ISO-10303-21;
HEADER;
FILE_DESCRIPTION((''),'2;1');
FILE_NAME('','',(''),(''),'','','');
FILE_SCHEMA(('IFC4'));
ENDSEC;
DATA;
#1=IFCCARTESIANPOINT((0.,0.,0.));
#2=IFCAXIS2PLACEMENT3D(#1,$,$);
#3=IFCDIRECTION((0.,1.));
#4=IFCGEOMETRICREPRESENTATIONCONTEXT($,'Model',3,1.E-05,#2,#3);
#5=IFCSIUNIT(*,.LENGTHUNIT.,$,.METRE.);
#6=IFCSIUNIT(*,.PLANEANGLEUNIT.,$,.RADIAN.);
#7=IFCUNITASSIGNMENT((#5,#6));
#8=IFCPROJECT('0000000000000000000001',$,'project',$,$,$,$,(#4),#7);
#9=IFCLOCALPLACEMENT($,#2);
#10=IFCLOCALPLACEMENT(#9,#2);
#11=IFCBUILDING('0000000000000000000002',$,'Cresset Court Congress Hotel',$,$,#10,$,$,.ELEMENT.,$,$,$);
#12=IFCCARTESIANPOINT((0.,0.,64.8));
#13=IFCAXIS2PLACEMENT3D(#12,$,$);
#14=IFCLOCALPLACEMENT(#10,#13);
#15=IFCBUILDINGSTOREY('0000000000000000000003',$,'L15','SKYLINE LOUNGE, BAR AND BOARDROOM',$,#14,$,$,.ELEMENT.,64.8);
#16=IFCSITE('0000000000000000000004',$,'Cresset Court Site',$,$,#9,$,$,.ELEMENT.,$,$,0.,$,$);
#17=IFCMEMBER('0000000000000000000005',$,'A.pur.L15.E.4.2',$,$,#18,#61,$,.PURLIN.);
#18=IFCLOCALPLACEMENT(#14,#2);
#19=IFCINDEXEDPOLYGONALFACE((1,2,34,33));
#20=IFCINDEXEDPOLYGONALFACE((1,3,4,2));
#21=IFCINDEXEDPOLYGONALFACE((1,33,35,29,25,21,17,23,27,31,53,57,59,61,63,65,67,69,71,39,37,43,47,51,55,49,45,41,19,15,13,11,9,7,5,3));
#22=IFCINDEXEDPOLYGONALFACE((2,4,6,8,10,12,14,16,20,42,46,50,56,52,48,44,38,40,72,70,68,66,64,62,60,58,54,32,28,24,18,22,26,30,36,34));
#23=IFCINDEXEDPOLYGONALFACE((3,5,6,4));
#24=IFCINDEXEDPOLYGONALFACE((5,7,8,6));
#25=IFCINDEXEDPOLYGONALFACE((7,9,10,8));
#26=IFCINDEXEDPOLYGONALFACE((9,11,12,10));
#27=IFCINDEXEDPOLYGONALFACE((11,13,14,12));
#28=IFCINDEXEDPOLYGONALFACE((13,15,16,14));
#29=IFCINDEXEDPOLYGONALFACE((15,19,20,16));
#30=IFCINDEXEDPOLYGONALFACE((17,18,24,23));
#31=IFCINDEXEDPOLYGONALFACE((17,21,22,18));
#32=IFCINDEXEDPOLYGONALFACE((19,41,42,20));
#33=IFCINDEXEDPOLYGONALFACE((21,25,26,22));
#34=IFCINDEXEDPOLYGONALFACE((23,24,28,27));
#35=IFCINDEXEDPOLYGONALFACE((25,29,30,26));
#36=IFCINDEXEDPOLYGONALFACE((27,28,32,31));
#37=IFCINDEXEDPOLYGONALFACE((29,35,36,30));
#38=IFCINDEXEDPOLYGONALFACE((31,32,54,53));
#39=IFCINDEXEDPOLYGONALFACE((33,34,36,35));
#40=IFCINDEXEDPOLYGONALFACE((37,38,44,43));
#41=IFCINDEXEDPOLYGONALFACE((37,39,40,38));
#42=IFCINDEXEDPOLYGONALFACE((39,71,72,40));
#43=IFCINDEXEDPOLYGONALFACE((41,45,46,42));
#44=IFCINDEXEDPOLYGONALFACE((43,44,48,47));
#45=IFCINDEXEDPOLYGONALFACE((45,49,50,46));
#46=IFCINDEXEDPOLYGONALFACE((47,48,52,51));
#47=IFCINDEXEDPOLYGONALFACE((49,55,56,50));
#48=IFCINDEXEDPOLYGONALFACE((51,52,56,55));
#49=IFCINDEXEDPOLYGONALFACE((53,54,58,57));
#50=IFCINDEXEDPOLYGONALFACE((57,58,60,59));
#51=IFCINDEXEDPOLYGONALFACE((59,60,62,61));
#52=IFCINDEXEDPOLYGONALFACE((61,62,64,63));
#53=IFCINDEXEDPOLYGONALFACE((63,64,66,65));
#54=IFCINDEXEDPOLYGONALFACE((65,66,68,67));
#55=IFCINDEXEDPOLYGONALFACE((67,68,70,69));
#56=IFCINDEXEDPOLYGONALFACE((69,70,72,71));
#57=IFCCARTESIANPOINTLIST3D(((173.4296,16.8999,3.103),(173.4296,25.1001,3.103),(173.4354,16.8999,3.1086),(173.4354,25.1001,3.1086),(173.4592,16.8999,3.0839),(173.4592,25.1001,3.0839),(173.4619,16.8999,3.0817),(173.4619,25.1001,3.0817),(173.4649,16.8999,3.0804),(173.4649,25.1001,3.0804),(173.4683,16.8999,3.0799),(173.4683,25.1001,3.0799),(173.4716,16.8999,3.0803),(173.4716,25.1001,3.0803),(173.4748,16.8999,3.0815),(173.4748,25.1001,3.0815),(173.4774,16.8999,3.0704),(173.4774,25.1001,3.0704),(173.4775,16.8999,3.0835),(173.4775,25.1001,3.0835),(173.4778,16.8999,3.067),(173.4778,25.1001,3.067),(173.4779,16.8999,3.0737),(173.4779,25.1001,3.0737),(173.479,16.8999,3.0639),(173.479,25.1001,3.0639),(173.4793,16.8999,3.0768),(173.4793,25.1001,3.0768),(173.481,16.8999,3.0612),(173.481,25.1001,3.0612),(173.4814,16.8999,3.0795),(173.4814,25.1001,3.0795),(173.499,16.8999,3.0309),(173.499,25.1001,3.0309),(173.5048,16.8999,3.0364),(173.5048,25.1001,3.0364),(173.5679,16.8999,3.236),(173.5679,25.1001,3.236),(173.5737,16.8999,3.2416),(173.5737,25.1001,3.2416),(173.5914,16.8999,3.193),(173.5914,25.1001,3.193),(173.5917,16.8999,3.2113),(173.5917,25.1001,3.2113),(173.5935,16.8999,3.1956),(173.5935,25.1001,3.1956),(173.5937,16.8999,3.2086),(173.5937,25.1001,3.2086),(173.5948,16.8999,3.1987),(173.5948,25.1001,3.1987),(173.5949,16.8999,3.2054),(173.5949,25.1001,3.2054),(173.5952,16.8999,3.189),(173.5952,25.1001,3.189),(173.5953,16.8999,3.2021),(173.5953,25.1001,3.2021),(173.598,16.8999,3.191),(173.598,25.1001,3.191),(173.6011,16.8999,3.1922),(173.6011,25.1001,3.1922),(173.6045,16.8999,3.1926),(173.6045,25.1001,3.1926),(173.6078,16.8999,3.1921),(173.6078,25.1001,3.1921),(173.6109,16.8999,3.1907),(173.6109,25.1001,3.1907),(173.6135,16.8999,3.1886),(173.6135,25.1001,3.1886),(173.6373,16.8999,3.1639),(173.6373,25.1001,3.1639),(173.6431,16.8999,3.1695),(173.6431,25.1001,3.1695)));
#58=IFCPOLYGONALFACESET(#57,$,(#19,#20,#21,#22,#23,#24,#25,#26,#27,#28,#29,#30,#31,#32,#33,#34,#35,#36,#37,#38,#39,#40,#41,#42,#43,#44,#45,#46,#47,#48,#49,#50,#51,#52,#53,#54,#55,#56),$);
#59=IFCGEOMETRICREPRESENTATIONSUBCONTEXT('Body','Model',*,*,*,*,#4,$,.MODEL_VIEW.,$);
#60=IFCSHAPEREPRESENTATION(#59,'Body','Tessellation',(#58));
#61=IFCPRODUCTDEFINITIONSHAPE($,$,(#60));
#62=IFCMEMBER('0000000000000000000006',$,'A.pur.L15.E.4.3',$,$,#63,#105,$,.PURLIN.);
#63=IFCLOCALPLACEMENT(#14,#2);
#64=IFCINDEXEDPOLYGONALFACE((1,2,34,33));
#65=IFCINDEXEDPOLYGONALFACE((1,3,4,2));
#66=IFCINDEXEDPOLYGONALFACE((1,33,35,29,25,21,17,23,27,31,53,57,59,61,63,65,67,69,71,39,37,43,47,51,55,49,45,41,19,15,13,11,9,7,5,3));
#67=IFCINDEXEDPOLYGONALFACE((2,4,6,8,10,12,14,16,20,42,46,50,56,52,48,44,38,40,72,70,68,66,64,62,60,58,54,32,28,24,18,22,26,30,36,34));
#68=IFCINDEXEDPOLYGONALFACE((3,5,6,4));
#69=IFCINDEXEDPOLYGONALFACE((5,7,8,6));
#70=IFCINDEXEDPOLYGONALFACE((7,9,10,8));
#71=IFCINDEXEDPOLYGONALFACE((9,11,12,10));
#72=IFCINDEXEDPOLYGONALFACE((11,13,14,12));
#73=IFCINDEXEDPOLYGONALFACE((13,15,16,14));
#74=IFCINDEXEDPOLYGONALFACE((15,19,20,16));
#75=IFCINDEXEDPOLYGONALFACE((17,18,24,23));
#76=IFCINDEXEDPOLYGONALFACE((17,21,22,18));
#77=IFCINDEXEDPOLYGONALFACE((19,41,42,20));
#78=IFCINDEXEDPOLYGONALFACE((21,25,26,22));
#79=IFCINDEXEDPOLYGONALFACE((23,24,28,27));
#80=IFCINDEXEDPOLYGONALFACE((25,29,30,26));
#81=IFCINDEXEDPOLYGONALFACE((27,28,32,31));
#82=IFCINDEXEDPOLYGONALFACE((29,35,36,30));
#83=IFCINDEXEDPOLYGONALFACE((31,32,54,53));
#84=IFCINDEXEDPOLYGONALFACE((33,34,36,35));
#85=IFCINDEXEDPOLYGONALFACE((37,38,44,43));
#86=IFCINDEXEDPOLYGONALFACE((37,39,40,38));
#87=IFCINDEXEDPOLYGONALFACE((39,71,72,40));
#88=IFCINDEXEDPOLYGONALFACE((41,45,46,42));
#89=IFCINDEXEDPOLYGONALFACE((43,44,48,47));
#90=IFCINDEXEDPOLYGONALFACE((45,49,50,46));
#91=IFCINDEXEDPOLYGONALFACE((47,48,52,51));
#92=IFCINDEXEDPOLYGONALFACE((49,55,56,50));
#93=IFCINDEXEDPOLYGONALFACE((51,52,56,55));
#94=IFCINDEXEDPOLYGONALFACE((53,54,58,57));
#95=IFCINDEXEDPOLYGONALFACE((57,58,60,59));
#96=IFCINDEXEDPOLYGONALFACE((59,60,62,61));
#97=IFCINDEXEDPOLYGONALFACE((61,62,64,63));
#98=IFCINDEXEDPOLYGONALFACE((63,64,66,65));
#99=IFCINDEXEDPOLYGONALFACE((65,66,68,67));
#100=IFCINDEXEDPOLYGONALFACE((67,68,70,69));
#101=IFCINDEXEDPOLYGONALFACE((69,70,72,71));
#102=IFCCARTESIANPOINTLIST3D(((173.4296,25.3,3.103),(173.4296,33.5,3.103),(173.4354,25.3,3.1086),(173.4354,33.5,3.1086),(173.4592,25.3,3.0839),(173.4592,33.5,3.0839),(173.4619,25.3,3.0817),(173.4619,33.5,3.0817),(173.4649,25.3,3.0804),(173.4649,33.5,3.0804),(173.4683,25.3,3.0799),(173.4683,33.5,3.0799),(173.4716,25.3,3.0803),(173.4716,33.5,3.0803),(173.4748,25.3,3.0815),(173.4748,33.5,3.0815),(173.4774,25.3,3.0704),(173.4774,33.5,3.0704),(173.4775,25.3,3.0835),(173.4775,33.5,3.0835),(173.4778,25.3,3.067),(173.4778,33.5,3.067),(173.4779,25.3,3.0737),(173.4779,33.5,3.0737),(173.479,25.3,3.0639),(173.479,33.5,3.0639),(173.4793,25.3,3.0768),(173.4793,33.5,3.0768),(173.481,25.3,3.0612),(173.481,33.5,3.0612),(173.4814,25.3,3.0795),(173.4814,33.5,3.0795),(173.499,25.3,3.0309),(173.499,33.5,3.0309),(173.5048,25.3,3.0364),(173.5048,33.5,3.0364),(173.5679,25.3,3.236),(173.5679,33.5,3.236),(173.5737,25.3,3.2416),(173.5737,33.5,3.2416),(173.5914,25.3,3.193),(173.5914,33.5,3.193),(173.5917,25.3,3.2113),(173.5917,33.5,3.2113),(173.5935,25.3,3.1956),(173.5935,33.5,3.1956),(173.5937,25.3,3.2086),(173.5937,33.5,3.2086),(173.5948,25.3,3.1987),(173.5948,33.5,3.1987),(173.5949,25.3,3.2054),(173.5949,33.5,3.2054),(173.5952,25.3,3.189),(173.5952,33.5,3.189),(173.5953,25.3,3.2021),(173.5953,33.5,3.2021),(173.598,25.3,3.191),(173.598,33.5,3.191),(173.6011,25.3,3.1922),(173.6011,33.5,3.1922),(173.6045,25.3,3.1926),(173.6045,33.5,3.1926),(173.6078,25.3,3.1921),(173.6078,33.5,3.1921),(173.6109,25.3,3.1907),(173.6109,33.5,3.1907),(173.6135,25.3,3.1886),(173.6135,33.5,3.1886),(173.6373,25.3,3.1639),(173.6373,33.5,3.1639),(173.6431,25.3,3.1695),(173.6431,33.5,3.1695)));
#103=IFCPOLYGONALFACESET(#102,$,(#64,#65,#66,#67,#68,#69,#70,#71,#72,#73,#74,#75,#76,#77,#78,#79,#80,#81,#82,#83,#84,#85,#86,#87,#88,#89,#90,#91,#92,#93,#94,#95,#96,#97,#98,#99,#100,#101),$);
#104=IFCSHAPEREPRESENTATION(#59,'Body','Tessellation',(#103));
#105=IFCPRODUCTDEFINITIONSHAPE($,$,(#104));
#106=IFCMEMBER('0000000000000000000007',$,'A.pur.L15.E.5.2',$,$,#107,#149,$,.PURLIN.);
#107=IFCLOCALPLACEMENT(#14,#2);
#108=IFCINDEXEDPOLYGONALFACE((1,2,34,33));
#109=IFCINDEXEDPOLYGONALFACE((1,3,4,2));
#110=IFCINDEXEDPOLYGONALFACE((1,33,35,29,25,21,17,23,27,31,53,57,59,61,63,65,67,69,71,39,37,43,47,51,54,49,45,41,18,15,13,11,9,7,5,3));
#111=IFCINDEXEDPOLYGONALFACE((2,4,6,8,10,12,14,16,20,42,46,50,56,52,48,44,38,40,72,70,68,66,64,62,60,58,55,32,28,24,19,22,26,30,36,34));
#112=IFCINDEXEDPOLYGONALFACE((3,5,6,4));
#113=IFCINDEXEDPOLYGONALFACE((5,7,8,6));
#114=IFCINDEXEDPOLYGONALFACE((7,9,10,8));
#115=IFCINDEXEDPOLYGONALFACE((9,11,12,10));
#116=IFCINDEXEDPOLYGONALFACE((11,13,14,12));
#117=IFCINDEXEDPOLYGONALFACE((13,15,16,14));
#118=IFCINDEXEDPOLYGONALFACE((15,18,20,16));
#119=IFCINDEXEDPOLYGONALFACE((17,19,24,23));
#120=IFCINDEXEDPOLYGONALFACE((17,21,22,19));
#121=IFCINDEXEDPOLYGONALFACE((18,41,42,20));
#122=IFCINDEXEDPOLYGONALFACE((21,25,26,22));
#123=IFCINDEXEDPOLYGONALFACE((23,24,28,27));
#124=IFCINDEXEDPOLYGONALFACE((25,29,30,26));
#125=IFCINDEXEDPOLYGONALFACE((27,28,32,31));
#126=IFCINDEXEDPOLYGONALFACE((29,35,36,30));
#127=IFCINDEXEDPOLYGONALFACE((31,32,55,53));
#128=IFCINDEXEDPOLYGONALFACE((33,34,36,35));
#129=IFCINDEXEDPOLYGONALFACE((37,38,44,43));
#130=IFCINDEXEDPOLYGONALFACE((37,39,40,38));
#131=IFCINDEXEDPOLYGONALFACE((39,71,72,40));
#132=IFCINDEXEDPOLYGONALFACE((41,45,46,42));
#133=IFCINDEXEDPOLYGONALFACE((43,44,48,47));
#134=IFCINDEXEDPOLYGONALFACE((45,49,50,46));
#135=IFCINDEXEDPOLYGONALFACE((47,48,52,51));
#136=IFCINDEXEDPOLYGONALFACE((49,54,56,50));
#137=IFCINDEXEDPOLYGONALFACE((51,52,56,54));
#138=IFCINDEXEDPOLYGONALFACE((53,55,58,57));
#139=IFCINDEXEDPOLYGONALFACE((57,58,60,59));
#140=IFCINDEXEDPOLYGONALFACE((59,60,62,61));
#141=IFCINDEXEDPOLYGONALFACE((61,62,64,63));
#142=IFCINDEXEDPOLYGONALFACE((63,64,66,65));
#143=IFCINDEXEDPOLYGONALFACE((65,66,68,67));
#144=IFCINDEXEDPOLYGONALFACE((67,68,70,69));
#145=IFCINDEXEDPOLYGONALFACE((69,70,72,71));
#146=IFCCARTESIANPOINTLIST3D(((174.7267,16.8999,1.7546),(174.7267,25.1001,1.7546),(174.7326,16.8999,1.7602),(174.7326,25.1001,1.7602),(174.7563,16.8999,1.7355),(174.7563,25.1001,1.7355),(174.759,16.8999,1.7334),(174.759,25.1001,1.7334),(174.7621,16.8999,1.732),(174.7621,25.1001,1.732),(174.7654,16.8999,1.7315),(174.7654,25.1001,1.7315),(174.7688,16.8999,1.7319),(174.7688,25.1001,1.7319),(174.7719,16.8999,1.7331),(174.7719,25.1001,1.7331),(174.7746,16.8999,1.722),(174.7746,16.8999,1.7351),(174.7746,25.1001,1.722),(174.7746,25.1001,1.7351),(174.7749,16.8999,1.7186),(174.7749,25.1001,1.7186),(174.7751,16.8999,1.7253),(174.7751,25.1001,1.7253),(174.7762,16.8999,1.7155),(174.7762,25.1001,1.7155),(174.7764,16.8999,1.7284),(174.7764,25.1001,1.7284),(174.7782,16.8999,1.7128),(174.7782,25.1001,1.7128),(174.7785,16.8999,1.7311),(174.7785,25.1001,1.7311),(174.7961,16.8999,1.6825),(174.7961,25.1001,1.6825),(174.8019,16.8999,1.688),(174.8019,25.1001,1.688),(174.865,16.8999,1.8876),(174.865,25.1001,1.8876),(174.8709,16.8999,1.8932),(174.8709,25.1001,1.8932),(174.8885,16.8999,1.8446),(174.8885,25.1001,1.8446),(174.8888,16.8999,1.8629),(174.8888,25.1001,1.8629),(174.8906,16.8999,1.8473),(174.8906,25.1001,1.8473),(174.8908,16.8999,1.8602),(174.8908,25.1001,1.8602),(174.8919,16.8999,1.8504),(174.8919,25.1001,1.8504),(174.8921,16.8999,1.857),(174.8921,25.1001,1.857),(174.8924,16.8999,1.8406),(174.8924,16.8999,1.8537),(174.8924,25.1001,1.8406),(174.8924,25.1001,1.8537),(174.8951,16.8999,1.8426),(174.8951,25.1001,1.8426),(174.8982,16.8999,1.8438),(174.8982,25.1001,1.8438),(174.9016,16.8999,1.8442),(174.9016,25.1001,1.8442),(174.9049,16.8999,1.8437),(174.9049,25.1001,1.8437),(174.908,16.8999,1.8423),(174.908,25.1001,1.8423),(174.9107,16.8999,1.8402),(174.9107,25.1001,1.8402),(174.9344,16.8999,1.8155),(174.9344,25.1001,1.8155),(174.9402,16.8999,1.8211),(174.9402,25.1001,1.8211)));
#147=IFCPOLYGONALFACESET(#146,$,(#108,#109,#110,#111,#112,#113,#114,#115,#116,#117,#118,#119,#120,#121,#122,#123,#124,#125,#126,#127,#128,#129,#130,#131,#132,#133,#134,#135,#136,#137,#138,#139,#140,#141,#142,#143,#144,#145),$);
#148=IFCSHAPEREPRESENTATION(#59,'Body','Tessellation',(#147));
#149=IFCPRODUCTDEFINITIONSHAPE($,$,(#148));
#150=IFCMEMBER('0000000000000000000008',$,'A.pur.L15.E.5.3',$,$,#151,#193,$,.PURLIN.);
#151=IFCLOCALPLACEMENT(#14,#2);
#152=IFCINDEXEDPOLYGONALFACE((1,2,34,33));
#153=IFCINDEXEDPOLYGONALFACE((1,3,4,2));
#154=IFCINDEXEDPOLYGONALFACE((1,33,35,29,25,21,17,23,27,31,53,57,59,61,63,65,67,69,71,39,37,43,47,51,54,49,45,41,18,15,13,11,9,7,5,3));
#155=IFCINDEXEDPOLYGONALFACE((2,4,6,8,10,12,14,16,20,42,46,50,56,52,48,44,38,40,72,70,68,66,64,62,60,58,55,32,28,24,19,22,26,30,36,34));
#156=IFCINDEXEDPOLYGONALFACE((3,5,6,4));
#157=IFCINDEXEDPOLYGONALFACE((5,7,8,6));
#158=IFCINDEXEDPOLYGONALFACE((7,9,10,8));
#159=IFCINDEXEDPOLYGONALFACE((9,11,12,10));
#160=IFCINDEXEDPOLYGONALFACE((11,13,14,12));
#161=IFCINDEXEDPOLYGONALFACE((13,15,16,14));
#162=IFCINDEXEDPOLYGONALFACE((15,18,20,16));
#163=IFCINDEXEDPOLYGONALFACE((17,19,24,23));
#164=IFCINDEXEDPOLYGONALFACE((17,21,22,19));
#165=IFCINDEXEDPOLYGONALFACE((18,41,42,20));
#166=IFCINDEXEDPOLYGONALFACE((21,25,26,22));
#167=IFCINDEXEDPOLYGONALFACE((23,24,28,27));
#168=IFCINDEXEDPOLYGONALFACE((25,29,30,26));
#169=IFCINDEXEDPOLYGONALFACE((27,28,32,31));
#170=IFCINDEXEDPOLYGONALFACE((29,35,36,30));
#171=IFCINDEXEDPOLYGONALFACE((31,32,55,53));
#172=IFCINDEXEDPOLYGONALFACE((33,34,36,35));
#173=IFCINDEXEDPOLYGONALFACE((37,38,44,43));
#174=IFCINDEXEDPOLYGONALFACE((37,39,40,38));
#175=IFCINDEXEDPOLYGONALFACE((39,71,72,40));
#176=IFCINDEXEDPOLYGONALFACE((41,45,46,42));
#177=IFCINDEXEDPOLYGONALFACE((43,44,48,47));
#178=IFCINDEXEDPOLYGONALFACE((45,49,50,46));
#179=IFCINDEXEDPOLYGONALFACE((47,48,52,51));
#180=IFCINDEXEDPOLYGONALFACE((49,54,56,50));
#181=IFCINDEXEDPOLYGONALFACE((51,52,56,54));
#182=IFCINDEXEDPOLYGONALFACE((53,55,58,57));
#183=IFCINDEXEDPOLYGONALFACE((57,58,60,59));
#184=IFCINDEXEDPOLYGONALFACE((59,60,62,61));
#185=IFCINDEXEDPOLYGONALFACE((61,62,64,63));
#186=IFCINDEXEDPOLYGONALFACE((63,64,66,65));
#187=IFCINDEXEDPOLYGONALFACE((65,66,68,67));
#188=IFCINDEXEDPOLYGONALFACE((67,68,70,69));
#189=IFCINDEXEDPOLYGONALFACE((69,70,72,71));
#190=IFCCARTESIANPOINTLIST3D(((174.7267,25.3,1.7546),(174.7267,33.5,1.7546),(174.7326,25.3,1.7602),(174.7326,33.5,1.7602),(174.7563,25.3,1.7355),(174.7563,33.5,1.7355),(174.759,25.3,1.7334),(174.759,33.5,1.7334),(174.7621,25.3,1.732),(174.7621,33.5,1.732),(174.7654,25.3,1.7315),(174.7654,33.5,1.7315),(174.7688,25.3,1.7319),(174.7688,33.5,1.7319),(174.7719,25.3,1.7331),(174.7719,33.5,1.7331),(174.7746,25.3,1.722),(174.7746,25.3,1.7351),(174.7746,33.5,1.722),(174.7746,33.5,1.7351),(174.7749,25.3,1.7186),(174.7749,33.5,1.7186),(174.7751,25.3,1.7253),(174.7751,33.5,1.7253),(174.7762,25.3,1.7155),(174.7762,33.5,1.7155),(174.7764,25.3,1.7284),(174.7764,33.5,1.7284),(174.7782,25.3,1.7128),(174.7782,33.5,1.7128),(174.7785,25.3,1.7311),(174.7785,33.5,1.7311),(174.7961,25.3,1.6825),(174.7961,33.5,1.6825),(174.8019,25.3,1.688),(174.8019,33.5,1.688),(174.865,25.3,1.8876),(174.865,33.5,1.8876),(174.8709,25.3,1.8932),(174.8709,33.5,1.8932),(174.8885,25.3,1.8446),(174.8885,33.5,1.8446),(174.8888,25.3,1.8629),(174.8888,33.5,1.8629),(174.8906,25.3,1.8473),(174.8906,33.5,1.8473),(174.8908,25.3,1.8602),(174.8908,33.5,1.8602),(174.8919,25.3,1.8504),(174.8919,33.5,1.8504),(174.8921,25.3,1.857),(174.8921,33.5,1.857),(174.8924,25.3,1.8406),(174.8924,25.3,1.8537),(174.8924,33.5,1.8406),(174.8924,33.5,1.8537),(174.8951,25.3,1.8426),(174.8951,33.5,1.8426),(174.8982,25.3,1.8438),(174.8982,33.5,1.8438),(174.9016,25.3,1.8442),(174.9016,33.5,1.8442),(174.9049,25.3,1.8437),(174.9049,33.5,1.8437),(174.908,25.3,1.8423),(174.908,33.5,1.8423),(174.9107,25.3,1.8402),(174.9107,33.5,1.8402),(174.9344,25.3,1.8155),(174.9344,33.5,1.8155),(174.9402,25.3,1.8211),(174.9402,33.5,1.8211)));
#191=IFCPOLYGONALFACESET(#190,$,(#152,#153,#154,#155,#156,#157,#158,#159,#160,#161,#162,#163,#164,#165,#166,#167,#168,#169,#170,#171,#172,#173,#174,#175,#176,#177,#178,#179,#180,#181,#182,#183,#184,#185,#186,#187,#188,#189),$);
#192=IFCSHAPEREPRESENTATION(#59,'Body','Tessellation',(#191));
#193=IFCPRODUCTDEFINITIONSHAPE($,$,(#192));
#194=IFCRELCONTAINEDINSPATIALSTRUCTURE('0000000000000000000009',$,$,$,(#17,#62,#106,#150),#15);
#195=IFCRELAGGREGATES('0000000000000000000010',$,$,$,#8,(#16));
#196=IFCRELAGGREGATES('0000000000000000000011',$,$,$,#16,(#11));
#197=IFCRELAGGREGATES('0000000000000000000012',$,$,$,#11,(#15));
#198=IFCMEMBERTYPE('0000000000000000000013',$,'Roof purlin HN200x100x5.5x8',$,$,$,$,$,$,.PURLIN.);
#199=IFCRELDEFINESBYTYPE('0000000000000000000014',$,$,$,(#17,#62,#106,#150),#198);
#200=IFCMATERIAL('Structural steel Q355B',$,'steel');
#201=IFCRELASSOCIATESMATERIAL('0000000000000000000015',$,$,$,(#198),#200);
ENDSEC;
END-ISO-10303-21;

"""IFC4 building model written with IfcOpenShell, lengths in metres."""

from ifc_helpers import new_model, si_unit, direction, frame, origin, origin_2d, place, context, subcontext, project, spatial, i_section, extrude, material, material_profile, profile_set, type_object, element, save


model = new_model("IFC4")

# Units and contexts
model_context = context("Model", 3, precision=1e-05, world=origin(), true_north=direction((0.0, 1.0)))
body_context = subcontext(model_context, "Body", "Model", "MODEL_VIEW")
ifc_project = project(units=[si_unit("LENGTHUNIT", "METRE"), si_unit("PLANEANGLEUNIT", "RADIAN")], contexts=[model_context])

# Site, building, storey
site_placement = place(None, origin())
site = spatial("IfcSite", under=ifc_project, at=site_placement, Name="Cresset Court Site", CompositionType="ELEMENT", RefElevation=0.0)
building_placement = place(site_placement, origin())
building = spatial("IfcBuilding", under=site, at=building_placement, Name="Cresset Court Congress Hotel", CompositionType="ELEMENT")
storey_placement = place(building_placement, frame((0.0, 0.0, 64.8)))
storey = spatial("IfcBuildingStorey", under=building, at=storey_placement, Name="L15", Description="SKYLINE LOUNGE, BAR AND BOARDROOM", CompositionType="ELEMENT", Elevation=64.8)

# Members
ifc_material_1 = material(Name="Structural steel Q355B", Category="steel")
ifc_material_profile_1 = material_profile(ifc_material_1, i_section(OverallWidth=0.1001, OverallDepth=0.2, WebThickness=0.0056, FlangeThickness=0.0081, FilletRadius=0.0129, at=origin_2d()), Name="HN200x100x5.5x8")
ifc_profile_set_1 = profile_set([ifc_material_profile_1], Name="Structural steel Q355B")
member_type_1 = type_object("IfcMemberType", Name="Roof purlin HN200x100x5.5x8", PredefinedType="PURLIN", material=ifc_profile_set_1)
member_1_placement = place(storey_placement, frame((173.5364, 16.8999, 3.1362), z_axis=(0.0, 1.0, 0.0), x_axis=(-0.693246, 0.0, 0.720701)))
element("IfcMember", 1, at=member_1_placement, inside=storey, type_object=member_type_1, Name="A.pur.L15.E.4.2", PredefinedType="PURLIN", context=body_context, shape_type="SweptSolid", body=[
    extrude(i_section(OverallWidth=0.1001, OverallDepth=0.2, WebThickness=0.0056, FlangeThickness=0.0081, FilletRadius=0.0129, at=origin_2d()), origin(), (0.0, 0.0, 1.0), 8.2002),
])
member_2_placement = place(storey_placement, frame((173.5364, 25.3, 3.1362), z_axis=(0.0, 1.0, 0.0), x_axis=(-0.693246, 0.0, 0.720701)))
element("IfcMember", 2, at=member_2_placement, inside=storey, type_object=member_type_1, Name="A.pur.L15.E.4.3", PredefinedType="PURLIN", context=body_context, shape_type="SweptSolid", body=[
    extrude(i_section(OverallWidth=0.1001, OverallDepth=0.2, WebThickness=0.0056, FlangeThickness=0.0081, FilletRadius=0.0129, at=origin_2d()), origin(), (0.0, 0.0, 1.0), 8.2),
])
member_3_placement = place(storey_placement, frame((174.8335, 16.8999, 1.7878), z_axis=(0.0, 1.0, 0.0), x_axis=(-0.693246, 0.0, 0.720701)))
element("IfcMember", 3, at=member_3_placement, inside=storey, type_object=member_type_1, Name="A.pur.L15.E.5.2", PredefinedType="PURLIN", context=body_context, shape_type="SweptSolid", body=[
    extrude(i_section(OverallWidth=0.1001, OverallDepth=0.2, WebThickness=0.0056, FlangeThickness=0.0081, FilletRadius=0.0129, at=origin_2d()), origin(), (0.0, 0.0, 1.0), 8.2002),
])
member_4_placement = place(storey_placement, frame((174.8335, 25.3, 1.7878), z_axis=(0.0, 1.0, 0.0), x_axis=(-0.693246, 0.0, 0.720701)))
element("IfcMember", 4, at=member_4_placement, inside=storey, type_object=member_type_1, Name="A.pur.L15.E.5.3", PredefinedType="PURLIN", context=body_context, shape_type="SweptSolid", body=[
    extrude(i_section(OverallWidth=0.1001, OverallDepth=0.2, WebThickness=0.0056, FlangeThickness=0.0081, FilletRadius=0.0129, at=origin_2d()), origin(), (0.0, 0.0, 1.0), 8.2),
])

save(model, "model.ifc")
